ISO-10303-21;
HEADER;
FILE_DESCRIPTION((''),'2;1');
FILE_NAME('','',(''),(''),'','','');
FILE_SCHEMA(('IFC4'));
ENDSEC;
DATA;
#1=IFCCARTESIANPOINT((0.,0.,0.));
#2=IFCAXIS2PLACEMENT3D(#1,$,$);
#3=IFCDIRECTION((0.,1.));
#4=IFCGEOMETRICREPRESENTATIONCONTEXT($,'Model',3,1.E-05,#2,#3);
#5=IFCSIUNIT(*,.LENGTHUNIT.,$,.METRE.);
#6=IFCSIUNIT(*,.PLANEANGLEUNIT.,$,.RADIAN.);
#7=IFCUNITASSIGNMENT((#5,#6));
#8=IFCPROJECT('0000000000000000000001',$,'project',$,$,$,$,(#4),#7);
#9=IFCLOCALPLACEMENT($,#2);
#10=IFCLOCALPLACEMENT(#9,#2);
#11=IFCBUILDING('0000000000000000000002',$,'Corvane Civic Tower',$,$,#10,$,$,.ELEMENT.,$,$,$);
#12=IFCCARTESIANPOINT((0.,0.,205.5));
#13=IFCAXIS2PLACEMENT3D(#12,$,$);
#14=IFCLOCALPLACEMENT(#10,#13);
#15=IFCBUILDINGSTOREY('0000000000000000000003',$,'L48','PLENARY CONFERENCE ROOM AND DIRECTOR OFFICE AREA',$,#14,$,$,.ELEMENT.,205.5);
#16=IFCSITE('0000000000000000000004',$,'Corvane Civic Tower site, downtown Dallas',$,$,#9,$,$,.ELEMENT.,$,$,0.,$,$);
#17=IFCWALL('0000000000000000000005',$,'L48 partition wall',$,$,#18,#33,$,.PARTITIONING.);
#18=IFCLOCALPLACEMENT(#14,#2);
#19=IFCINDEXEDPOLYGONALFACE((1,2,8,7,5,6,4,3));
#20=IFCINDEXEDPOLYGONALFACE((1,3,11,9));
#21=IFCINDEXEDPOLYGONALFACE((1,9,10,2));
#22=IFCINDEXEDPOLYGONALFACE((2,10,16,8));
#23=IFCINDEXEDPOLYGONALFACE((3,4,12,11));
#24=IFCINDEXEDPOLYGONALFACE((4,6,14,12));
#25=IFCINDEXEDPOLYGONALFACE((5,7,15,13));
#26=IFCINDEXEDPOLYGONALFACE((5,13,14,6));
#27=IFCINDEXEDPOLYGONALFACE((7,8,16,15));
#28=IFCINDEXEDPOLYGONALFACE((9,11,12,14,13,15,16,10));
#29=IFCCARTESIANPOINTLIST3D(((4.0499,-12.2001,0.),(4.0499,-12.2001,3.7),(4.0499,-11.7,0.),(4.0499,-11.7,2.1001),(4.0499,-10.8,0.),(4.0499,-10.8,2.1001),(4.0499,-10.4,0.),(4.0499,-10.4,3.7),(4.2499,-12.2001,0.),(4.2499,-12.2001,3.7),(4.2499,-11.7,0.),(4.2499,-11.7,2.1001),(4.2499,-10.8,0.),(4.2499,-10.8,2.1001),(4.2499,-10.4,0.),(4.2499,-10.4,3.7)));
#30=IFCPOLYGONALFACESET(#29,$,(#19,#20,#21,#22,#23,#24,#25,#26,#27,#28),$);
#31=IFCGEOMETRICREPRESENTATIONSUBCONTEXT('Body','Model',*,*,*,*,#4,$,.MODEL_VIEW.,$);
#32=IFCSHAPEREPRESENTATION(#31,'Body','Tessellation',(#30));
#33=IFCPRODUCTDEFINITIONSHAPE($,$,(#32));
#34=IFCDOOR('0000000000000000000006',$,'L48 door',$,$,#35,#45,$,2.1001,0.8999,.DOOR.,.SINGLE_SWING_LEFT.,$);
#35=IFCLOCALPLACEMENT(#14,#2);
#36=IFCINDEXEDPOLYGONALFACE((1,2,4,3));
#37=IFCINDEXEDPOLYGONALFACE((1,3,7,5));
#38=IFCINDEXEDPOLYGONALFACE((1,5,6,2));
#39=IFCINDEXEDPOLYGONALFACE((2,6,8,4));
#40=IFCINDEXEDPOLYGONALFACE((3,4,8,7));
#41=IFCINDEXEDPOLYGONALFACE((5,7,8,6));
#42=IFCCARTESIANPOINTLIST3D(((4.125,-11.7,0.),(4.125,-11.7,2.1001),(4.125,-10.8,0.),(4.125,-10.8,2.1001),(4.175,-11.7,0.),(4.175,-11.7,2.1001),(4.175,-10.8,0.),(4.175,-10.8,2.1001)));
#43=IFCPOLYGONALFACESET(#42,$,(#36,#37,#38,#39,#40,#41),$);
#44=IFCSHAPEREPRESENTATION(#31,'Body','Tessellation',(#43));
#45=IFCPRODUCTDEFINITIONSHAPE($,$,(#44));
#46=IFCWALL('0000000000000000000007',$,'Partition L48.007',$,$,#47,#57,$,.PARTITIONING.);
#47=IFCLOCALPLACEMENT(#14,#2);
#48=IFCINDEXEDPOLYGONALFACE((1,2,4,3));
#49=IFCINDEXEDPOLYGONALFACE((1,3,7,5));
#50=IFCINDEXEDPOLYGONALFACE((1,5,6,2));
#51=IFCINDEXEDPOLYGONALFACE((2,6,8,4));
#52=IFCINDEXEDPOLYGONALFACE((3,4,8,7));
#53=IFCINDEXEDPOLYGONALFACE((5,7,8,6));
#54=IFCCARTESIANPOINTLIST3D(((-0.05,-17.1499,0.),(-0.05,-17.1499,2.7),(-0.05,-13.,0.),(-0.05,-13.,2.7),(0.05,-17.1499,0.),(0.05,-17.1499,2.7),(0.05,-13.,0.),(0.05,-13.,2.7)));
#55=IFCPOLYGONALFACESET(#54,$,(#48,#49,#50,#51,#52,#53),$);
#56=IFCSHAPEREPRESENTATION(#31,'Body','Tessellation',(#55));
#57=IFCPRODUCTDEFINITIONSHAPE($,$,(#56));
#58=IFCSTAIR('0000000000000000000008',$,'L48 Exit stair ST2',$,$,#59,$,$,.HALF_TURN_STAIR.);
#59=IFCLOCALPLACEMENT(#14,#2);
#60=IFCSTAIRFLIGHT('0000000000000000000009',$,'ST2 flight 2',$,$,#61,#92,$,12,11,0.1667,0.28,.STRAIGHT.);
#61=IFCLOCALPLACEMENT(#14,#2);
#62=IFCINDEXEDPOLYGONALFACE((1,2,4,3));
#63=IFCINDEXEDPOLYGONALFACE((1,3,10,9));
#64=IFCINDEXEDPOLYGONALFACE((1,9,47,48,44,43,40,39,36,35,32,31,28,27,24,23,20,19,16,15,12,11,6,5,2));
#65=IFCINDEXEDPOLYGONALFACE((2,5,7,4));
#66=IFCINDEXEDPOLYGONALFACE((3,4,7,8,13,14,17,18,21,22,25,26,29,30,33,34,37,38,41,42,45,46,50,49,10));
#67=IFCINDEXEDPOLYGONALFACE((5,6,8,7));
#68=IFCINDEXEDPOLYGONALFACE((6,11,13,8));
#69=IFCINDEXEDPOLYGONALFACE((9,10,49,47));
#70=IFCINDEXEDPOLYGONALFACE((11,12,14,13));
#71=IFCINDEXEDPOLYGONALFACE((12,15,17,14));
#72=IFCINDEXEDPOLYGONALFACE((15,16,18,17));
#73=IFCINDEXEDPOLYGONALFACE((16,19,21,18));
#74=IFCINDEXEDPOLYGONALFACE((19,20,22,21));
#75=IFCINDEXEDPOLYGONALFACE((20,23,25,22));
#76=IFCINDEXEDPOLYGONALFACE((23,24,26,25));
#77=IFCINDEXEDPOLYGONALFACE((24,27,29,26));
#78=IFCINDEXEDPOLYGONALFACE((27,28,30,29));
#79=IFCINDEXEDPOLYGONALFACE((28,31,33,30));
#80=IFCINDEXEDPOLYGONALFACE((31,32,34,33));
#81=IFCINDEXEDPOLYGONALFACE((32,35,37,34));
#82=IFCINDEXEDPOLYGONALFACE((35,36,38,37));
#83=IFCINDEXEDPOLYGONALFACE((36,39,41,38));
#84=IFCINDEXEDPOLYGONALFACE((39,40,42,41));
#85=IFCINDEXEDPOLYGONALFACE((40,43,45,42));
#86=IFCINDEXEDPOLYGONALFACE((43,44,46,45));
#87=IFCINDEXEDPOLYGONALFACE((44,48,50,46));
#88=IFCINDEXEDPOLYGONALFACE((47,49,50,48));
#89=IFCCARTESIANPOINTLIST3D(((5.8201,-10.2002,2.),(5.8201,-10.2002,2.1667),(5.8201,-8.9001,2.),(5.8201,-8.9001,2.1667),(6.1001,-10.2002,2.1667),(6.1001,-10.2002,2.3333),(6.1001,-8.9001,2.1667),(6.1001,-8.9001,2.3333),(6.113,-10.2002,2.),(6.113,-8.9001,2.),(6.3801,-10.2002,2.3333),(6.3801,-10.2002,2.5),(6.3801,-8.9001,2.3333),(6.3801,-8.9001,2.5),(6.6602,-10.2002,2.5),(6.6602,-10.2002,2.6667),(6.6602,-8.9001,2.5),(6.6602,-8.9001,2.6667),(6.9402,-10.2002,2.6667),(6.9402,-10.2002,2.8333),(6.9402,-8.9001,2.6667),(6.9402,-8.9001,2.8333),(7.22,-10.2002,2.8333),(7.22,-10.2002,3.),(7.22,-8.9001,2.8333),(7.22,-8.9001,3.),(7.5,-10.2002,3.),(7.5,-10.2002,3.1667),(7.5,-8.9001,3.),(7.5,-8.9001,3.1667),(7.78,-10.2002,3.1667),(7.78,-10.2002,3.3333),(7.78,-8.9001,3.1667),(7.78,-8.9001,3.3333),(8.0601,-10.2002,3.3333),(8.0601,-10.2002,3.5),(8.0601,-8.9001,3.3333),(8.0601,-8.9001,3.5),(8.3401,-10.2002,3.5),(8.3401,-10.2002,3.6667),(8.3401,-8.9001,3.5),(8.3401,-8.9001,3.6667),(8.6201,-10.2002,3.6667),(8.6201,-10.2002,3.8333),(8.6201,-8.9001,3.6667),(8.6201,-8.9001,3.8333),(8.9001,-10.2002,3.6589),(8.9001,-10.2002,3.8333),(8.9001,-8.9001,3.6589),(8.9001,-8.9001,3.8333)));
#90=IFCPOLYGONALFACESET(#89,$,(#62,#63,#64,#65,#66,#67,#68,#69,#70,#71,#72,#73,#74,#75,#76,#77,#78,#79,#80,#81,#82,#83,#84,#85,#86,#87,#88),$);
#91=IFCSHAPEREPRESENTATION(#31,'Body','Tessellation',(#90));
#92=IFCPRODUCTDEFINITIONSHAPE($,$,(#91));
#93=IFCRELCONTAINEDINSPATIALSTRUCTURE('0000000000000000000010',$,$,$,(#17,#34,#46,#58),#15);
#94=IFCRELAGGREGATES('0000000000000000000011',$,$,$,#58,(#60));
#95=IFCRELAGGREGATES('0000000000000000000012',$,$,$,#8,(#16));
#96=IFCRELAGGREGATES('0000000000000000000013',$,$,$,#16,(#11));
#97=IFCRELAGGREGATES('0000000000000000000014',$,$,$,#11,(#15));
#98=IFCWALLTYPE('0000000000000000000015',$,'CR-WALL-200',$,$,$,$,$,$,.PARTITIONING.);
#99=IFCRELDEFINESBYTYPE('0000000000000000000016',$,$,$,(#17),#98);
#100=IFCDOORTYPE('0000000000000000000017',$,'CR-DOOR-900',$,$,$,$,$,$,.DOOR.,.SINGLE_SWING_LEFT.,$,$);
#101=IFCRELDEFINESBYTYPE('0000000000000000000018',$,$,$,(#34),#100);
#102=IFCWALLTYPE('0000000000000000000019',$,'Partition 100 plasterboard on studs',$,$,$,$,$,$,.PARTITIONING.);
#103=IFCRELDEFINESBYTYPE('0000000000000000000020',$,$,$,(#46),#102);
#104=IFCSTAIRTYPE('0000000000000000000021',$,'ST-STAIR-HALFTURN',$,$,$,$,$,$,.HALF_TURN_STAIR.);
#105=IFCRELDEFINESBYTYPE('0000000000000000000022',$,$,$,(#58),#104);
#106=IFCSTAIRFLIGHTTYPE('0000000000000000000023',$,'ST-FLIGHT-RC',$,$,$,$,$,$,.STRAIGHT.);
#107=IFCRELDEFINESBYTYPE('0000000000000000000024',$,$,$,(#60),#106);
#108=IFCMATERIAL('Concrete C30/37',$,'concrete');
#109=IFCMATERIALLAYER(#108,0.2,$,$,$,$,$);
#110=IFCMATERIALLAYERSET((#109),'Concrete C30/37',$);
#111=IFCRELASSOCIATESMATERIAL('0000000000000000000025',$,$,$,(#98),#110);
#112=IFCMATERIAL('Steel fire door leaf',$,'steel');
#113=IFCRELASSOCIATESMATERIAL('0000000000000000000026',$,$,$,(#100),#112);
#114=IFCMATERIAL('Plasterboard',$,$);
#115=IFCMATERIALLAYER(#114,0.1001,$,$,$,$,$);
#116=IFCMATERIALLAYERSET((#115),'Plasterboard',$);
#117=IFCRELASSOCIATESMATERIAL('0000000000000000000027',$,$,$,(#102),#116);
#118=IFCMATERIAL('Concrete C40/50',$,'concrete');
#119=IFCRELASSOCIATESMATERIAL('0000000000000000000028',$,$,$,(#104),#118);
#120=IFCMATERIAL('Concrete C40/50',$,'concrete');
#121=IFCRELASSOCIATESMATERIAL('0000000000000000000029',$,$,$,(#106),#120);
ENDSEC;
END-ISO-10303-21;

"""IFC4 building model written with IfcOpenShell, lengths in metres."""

from ifc_helpers import new_model, si_unit, direction, frame, frame_2d, origin, place, context, subcontext, project, spatial, polyline, rectangle, outline, extrude, material, layer, layer_set, type_object, element, fill, aggregate, save


model = new_model("IFC4")

# Units and contexts
model_context = context("Model", 3, precision=1e-05, world=origin(), true_north=direction((0.0, 1.0)))
body_context = subcontext(model_context, "Body", "Model", "MODEL_VIEW")
ifc_project = project(units=[si_unit("LENGTHUNIT", "METRE"), si_unit("PLANEANGLEUNIT", "RADIAN")], contexts=[model_context])

# Site, building, storey
site_placement = place(None, origin())
site = spatial("IfcSite", under=ifc_project, at=site_placement, Name="Corvane Civic Tower site, downtown Dallas", CompositionType="ELEMENT", RefElevation=0.0)
building_placement = place(site_placement, origin())
building = spatial("IfcBuilding", under=site, at=building_placement, Name="Corvane Civic Tower", CompositionType="ELEMENT")
storey_placement = place(building_placement, frame((0.0, 0.0, 205.5)))
storey = spatial("IfcBuildingStorey", under=building, at=storey_placement, Name="L48", Description="PLENARY CONFERENCE ROOM AND DIRECTOR OFFICE AREA", CompositionType="ELEMENT", Elevation=205.5)

# Wall, opening, door
ifc_material_1 = material(Name="Concrete C30/37", Category="concrete")
ifc_layer_1 = layer(ifc_material_1, 0.2)
ifc_layer_set_1 = layer_set([ifc_layer_1], Name="Concrete C30/37")
wall_type_1 = type_object("IfcWallType", Name="CR-WALL-200", PredefinedType="PARTITIONING", material=ifc_layer_set_1)
ifc_material_2 = material(Name="Steel fire door leaf", Category="steel")
door_type_1 = type_object("IfcDoorType", Name="CR-DOOR-900", OperationType="SINGLE_SWING_LEFT", PredefinedType="DOOR", material=ifc_material_2)
wall_1_placement = place(storey_placement, frame((4.1499, -12.2, 0.0), z_axis=(0.0, 0.0, 1.0), x_axis=(0.0, 1.0, 0.0)))
wall_1 = element("IfcWall", 1, at=wall_1_placement, inside=storey, type_object=wall_type_1, Name="L48 partition wall", PredefinedType="PARTITIONING", context=body_context, shape_type="SweptSolid", body=[
    extrude(rectangle(XDim=1.8, YDim=0.2, at=frame_2d((0.8999, 0.0))), origin(), (0.0, 0.0, 1.0), 3.7),
])
opening_1_placement = place(wall_1_placement, frame((0.5, 0.0, 0.0)))
opening_1 = element("IfcOpeningElement", 2, at=opening_1_placement, cuts=wall_1, PredefinedType="OPENING", context=body_context, shape_type="SweptSolid", body=[
    extrude(rectangle(XDim=0.8999, YDim=2.1001, at=frame_2d((0.45, 1.05))), frame((0.0, 0.1099, 0.0), z_axis=(0.0, -1.0, 0.0), x_axis=(1.0, 0.0, 0.0)), (0.0, 0.0, 1.0), 0.22),
])
door_1_placement = place(opening_1_placement, origin())
door_1 = element("IfcDoor", 3, at=door_1_placement, inside=storey, type_object=door_type_1, Name="L48 door", OperationType="SINGLE_SWING_LEFT", OverallHeight=2.1001, OverallWidth=0.8999, PredefinedType="DOOR", context=body_context, shape_type="SweptSolid", body=[
    extrude(rectangle(XDim=0.8999, YDim=2.1001, at=frame_2d((0.45, 1.05))), frame((0.0, 0.0249, 0.0), z_axis=(0.0, -1.0, 0.0), x_axis=(1.0, 0.0, 0.0)), (0.0, 0.0, 1.0), 0.05),
])
fill(opening_1, door_1)

# Wall
ifc_material_3 = material(Name="Plasterboard")
ifc_layer_2 = layer(ifc_material_3, 0.1001)
ifc_layer_set_2 = layer_set([ifc_layer_2], Name="Plasterboard")
wall_type_2 = type_object("IfcWallType", Name="Partition 100 plasterboard on studs", PredefinedType="PARTITIONING", material=ifc_layer_set_2)
wall_2_placement = place(storey_placement, frame((0.0, -17.1499, 0.0), z_axis=(0.0, 0.0, 1.0), x_axis=(0.0, 1.0, 0.0)))
element("IfcWall", 4, at=wall_2_placement, inside=storey, type_object=wall_type_2, Name="Partition L48.007", PredefinedType="PARTITIONING", context=body_context, shape_type="SweptSolid", body=[
    extrude(rectangle(XDim=4.1499, YDim=0.1001, at=frame_2d((2.075, 0.0))), origin(), (0.0, 0.0, 1.0), 2.7),
])

# Stair, stair flight
ifc_material_4 = material(Name="Concrete C40/50", Category="concrete")
stair_type = type_object("IfcStairType", Name="ST-STAIR-HALFTURN", PredefinedType="HALF_TURN_STAIR", material=ifc_material_4)
stair_placement = place(storey_placement, origin())
stair = element("IfcStair", 5, at=stair_placement, inside=storey, type_object=stair_type, Name="L48 Exit stair ST2", PredefinedType="HALF_TURN_STAIR")
ifc_material_5 = material(Name="Concrete C40/50", Category="concrete")
stair_flight_type = type_object("IfcStairFlightType", Name="ST-FLIGHT-RC", PredefinedType="STRAIGHT", material=ifc_material_5)
stair_flight_placement = place(storey_placement, frame((5.8201, -9.55, 2.0), z_axis=(0.0, 0.0, 1.0), x_axis=(1.0, 0.0, 0.0)))
stair_flight = element("IfcStairFlight", 6, at=stair_flight_placement, type_object=stair_flight_type, Name="ST2 flight 2", NumberOfRisers=12, NumberOfTreads=11, PredefinedType="STRAIGHT", RiserHeight=0.1667, TreadLength=0.28, context=body_context, shape_type="SweptSolid", body=[
    extrude(outline(polyline([(0.0, 0.0), (0.0, 0.1667), (0.28, 0.1667), (0.28, 0.3333), (0.5601, 0.3333), (0.5601, 0.5), (0.8401, 0.5), (0.8401, 0.6667), (1.1201, 0.6667), (1.1201, 0.8333), (1.3999, 0.8333), (1.3999, 1.0), (1.6799, 1.0), (1.6799, 1.1667), (1.96, 1.1667), (1.96, 1.3333), (2.24, 1.3333), (2.24, 1.5), (2.52, 1.5), (2.52, 1.6667), (2.8, 1.6667), (2.8, 1.8333), (3.0801, 1.8333), (3.0801, 2.0), (3.0801, 1.6589), (0.293, 0.0), (0.0, 0.0)])), frame((0.0, 0.6499, 0.0), z_axis=(0.0, -1.0, 0.0), x_axis=(1.0, 0.0, 0.0)), (0.0, 0.0, 1.0), 1.3),
])
aggregate(stair, [stair_flight])

save(model, "model.ifc")
